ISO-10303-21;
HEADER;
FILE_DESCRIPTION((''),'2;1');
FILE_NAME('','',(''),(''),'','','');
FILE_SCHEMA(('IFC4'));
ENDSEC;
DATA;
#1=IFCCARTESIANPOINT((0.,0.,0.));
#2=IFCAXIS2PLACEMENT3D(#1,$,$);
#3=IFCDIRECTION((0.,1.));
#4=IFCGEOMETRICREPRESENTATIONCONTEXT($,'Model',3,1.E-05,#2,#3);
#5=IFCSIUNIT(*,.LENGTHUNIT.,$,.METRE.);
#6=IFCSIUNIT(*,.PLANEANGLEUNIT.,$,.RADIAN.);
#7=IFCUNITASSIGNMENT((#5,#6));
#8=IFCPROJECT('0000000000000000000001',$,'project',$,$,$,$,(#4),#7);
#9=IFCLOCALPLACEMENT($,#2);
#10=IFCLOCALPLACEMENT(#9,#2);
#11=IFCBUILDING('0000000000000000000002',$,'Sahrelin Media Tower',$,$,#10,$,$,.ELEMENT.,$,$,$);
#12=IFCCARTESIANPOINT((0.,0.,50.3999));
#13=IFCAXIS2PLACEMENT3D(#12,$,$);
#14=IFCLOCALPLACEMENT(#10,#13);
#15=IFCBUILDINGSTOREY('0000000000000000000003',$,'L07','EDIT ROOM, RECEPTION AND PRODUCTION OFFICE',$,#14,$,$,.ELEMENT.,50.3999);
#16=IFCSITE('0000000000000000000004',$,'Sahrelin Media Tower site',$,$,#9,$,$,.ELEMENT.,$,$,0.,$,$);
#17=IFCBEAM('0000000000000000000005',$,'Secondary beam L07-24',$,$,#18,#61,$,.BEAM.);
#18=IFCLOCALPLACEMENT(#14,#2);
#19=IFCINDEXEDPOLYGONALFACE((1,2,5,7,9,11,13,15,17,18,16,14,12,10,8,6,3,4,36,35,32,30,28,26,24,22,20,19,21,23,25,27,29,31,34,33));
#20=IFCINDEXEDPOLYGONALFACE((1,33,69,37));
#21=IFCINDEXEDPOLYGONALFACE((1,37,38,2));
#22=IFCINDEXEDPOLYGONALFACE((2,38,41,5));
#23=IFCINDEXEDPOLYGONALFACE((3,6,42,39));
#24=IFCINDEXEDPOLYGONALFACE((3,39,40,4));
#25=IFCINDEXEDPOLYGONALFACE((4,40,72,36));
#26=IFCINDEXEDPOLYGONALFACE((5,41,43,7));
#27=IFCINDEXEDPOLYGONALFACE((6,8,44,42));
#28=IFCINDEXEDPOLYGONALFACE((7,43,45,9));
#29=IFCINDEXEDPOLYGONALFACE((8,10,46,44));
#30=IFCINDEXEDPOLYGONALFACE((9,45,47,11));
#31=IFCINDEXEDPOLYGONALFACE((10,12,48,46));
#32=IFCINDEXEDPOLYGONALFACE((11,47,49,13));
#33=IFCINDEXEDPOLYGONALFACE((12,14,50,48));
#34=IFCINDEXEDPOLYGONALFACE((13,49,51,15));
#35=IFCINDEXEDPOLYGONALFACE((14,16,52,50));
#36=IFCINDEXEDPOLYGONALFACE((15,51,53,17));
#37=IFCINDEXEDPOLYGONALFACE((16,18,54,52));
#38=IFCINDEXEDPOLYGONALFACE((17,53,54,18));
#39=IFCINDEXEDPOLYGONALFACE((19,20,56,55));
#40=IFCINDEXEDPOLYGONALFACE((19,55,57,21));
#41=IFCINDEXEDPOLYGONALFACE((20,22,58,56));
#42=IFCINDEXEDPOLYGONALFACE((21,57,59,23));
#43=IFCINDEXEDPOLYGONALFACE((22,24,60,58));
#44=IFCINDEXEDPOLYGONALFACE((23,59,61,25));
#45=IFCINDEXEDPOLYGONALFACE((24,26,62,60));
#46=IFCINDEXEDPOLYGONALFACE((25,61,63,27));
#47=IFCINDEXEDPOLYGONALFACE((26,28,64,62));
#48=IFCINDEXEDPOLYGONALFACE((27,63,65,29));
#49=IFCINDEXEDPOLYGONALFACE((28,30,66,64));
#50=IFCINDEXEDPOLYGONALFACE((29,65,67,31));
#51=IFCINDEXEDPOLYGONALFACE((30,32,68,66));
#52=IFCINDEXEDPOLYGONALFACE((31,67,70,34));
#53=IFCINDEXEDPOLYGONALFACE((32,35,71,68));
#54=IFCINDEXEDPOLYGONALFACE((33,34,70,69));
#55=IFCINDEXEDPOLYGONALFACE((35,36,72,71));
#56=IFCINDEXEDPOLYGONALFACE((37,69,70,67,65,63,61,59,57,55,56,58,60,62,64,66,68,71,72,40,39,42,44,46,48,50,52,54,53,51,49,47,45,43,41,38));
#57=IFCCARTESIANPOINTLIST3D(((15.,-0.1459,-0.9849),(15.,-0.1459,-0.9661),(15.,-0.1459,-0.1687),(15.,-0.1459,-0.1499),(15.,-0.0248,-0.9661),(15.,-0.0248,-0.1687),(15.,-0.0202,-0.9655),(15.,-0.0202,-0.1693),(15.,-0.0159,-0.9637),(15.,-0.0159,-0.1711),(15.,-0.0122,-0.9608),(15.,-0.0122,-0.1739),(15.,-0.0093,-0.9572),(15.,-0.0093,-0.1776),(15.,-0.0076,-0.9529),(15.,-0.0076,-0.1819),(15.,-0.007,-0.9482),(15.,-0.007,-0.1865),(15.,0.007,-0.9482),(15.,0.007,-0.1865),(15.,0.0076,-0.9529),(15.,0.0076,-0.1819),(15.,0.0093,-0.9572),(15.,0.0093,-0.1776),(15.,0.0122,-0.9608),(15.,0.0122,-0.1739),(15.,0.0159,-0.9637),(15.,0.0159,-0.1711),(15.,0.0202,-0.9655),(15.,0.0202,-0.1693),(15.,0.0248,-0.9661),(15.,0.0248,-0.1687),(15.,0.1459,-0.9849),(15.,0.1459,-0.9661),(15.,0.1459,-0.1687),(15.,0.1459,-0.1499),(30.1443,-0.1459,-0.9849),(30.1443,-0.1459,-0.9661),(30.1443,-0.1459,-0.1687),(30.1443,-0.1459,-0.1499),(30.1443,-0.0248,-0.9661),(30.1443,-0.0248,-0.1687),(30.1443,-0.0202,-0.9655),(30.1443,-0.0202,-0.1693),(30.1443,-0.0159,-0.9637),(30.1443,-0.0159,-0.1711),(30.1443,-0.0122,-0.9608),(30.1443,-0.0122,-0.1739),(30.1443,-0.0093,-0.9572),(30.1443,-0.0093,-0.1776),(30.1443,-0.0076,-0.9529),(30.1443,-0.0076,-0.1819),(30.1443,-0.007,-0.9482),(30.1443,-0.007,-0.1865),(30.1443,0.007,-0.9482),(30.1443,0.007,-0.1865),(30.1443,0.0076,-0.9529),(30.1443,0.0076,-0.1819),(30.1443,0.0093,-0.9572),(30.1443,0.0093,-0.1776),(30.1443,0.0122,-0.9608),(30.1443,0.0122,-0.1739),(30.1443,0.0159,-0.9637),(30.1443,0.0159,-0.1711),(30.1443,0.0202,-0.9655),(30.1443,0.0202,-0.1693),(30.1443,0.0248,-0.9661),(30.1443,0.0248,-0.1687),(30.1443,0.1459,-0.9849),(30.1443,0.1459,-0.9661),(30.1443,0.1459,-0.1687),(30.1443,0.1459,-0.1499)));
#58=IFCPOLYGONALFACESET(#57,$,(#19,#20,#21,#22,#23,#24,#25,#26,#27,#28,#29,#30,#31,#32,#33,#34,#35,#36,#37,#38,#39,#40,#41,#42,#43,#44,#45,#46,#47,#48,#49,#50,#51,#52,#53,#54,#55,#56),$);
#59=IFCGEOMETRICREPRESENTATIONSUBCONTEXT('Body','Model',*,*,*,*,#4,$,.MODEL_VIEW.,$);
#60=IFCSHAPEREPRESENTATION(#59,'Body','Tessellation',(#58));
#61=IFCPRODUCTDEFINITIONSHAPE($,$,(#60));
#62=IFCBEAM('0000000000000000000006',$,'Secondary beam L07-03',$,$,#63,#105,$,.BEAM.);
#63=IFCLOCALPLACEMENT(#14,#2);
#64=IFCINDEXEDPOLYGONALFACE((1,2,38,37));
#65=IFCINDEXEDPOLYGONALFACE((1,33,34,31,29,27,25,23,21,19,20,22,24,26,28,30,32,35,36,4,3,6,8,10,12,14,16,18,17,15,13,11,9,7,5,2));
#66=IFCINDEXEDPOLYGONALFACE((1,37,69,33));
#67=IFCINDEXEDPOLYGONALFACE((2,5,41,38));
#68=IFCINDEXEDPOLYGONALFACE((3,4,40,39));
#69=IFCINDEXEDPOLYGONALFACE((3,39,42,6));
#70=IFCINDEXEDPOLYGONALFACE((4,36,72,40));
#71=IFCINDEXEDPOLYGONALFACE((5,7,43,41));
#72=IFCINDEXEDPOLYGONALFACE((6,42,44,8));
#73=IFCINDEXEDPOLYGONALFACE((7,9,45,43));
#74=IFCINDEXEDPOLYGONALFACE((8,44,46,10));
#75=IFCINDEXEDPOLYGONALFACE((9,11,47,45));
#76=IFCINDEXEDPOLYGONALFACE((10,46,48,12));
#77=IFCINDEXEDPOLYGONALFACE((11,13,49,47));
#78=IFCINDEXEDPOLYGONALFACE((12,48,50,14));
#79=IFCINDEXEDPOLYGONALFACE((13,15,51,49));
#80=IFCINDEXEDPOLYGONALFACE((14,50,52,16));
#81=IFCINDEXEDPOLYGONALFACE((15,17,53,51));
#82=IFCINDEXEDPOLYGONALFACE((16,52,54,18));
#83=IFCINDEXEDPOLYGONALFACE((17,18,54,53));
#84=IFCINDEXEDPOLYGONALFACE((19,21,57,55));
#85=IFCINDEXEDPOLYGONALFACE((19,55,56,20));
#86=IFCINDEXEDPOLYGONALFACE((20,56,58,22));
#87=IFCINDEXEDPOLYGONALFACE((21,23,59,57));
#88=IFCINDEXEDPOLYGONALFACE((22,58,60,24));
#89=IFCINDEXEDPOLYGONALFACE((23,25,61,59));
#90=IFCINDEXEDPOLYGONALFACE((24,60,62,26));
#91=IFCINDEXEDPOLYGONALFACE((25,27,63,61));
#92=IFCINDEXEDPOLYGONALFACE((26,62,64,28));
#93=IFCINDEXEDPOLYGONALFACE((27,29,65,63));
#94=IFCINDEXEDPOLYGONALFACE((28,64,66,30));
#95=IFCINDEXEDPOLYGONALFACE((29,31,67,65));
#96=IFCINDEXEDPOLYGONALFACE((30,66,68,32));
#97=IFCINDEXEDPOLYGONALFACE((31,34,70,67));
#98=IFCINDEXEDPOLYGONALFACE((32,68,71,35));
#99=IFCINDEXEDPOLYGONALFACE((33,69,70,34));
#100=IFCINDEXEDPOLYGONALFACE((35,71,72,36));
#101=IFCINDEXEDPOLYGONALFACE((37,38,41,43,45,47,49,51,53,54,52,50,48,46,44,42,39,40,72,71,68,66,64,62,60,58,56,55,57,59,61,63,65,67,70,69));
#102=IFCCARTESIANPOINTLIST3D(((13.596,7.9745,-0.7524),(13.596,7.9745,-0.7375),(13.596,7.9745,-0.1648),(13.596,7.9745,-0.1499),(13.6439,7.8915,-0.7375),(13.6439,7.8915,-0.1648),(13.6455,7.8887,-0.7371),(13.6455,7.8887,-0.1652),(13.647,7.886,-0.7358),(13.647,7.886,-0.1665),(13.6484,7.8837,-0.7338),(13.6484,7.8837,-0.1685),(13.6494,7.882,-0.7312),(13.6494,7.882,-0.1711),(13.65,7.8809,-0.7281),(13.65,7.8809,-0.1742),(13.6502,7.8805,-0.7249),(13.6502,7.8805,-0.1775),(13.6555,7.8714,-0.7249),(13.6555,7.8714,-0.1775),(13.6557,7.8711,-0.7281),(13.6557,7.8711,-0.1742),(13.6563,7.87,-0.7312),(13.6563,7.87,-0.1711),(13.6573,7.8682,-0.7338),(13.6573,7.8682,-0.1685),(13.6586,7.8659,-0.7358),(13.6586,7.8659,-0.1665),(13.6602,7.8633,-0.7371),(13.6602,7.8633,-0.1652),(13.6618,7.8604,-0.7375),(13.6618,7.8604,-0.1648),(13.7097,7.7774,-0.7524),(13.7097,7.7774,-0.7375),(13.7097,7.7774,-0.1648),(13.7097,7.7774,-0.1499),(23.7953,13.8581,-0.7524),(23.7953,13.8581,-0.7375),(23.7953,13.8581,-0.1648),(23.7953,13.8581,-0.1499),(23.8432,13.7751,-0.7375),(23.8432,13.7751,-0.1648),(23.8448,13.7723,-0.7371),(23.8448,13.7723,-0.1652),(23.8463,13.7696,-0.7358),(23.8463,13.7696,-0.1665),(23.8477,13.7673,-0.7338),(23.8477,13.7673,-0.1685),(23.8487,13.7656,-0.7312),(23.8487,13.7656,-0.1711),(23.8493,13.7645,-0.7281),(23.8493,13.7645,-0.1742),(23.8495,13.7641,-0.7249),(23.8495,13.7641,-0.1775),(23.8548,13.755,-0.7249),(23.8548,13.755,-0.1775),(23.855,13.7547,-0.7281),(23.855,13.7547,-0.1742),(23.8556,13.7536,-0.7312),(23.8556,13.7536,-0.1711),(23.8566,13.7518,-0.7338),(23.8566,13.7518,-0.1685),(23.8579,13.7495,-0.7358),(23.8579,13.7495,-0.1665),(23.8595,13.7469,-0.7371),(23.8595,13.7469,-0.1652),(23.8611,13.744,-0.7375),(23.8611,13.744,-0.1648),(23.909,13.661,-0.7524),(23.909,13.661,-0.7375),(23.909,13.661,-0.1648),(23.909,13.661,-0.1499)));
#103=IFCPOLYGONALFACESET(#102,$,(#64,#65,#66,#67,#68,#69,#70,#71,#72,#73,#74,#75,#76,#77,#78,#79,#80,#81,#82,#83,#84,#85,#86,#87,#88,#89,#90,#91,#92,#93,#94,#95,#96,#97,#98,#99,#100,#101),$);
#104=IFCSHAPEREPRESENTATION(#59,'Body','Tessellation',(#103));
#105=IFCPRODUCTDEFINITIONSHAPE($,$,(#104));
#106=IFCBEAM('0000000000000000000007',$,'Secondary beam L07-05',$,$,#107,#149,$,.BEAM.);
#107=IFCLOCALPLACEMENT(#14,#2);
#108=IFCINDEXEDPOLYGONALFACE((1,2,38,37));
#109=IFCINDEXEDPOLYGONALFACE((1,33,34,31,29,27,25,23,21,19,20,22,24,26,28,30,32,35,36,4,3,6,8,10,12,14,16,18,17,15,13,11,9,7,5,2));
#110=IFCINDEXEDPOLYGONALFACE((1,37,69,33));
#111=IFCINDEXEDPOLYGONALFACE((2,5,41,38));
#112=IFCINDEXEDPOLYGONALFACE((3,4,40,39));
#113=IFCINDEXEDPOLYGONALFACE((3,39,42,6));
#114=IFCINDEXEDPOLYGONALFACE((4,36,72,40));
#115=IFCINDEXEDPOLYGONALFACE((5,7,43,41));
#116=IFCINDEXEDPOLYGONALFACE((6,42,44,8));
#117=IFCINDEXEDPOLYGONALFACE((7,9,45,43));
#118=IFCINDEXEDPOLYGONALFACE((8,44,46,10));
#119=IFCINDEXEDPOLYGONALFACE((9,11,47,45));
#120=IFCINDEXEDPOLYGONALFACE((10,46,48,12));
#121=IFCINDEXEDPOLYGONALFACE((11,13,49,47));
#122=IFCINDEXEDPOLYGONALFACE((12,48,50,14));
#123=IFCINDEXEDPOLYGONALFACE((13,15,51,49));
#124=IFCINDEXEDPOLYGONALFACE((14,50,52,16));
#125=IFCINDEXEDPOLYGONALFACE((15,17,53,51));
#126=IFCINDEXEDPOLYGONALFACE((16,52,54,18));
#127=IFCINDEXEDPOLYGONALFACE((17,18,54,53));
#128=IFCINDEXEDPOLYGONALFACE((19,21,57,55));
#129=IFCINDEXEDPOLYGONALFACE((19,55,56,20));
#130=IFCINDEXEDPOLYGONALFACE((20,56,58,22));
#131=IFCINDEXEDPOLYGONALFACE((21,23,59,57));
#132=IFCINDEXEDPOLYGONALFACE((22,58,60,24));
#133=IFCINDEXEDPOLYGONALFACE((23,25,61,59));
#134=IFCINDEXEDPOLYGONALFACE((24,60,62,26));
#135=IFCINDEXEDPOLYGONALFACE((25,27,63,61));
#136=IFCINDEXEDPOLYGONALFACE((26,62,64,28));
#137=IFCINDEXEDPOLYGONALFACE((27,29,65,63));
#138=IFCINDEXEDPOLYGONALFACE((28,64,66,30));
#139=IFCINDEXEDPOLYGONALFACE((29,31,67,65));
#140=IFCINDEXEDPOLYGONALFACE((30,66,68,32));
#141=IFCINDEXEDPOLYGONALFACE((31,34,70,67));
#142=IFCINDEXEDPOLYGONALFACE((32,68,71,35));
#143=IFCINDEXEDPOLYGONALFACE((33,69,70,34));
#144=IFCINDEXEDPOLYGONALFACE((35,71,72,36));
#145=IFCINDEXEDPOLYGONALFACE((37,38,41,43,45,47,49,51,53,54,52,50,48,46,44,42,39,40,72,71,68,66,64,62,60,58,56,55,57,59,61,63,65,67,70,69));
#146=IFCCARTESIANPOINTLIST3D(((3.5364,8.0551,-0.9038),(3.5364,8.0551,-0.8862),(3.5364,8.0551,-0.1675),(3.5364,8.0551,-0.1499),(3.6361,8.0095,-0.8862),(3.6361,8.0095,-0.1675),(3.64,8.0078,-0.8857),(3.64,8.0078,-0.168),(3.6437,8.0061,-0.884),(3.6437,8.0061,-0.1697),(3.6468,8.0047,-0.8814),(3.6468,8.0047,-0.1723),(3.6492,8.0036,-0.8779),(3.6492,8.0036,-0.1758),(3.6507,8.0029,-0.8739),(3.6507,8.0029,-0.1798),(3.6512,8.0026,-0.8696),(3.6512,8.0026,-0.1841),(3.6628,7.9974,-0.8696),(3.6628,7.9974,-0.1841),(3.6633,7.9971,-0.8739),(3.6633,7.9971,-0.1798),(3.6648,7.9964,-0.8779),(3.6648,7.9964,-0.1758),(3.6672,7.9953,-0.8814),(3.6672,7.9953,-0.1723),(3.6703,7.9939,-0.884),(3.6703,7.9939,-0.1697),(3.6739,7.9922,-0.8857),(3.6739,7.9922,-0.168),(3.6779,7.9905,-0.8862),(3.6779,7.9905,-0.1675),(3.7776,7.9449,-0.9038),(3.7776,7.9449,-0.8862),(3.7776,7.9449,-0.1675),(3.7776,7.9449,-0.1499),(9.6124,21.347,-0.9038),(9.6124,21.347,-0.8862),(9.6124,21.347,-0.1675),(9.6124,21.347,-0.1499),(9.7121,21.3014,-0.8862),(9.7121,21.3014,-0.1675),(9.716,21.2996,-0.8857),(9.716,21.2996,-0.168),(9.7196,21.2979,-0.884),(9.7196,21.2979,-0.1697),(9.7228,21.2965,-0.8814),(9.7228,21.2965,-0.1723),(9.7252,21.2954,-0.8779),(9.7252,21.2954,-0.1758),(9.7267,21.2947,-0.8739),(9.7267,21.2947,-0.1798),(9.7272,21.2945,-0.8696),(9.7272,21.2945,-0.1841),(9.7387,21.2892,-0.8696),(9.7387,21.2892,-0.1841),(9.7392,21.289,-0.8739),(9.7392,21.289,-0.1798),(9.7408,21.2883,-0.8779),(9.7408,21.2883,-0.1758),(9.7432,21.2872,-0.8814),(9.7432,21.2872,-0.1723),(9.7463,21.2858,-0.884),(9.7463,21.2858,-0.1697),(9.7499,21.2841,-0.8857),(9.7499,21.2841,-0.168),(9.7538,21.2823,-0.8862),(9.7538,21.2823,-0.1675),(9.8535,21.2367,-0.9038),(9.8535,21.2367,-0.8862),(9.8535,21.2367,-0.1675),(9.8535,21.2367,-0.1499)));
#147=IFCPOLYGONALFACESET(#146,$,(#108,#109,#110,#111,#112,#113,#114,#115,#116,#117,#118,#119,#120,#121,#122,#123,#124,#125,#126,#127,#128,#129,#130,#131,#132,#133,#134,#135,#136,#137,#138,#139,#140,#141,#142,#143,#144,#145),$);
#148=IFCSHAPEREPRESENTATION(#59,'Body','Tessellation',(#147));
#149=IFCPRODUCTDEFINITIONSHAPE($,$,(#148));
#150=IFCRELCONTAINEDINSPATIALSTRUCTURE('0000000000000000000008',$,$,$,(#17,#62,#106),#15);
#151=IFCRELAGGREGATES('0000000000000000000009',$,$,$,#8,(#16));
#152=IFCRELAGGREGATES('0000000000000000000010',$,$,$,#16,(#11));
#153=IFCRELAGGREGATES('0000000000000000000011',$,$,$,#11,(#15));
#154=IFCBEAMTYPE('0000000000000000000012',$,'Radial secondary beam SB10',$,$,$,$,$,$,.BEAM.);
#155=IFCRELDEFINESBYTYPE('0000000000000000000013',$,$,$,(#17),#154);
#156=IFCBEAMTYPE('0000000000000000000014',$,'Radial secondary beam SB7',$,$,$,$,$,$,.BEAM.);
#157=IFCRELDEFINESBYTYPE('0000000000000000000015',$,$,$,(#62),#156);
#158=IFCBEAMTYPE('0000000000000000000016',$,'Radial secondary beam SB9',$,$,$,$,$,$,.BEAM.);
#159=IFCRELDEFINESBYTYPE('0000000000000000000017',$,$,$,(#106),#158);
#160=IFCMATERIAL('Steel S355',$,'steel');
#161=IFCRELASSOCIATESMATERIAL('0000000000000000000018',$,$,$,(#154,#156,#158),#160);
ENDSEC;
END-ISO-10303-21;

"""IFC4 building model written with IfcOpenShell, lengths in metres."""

from ifc_helpers import new_model, si_unit, direction, frame, origin, origin_2d, place, context, subcontext, project, spatial, i_section, extrude, material, material_profile, profile_set, type_object, element, save


model = new_model("IFC4")

# Units and contexts
model_context = context("Model", 3, precision=1e-05, world=origin(), true_north=direction((0.0, 1.0)))
body_context = subcontext(model_context, "Body", "Model", "MODEL_VIEW")
ifc_project = project(units=[si_unit("LENGTHUNIT", "METRE"), si_unit("PLANEANGLEUNIT", "RADIAN")], contexts=[model_context])

# Site, building, storey
site_placement = place(None, origin())
site = spatial("IfcSite", under=ifc_project, at=site_placement, Name="Sahrelin Media Tower site", CompositionType="ELEMENT", RefElevation=0.0)
building_placement = place(site_placement, origin())
building = spatial("IfcBuilding", under=site, at=building_placement, Name="Sahrelin Media Tower", CompositionType="ELEMENT")
storey_placement = place(building_placement, frame((0.0, 0.0, 50.3999)))
storey = spatial("IfcBuildingStorey", under=building, at=storey_placement, Name="L07", Description="EDIT ROOM, RECEPTION AND PRODUCTION OFFICE", CompositionType="ELEMENT", Elevation=50.3999)

# Beams
ifc_material_1 = material(Name="Steel S355", Category="steel")
ifc_material_profile_1 = material_profile(ifc_material_1, i_section(OverallWidth=0.2917, OverallDepth=0.835, WebThickness=0.0139, FlangeThickness=0.0188, FilletRadius=0.0178, at=origin_2d()), Name="UB 838x292x176")
ifc_profile_set_1 = profile_set([ifc_material_profile_1], Name="Steel S355")
beam_type_1 = type_object("IfcBeamType", Name="Radial secondary beam SB10", PredefinedType="BEAM", material=ifc_profile_set_1)
beam_1_placement = place(storey_placement, frame((15.0, 0.0, -0.5674), z_axis=(1.0, 0.0, 0.0), x_axis=(0.0, 1.0, 0.0)))
element("IfcBeam", 1, at=beam_1_placement, inside=storey, type_object=beam_type_1, Name="Secondary beam L07-24", PredefinedType="BEAM", context=body_context, shape_type="SweptSolid", body=[
    extrude(i_section(OverallWidth=0.2917, OverallDepth=0.835, WebThickness=0.0139, FlangeThickness=0.0188, FilletRadius=0.0178, at=origin_2d()), origin(), (0.0, 0.0, 1.0), 15.1443),
])
ifc_material_profile_2 = material_profile(ifc_material_1, i_section(OverallWidth=0.2275, OverallDepth=0.6025, WebThickness=0.0105, FlangeThickness=0.0149, FilletRadius=0.0127, at=origin_2d()), Name="UB 610x229x101")
ifc_profile_set_2 = profile_set([ifc_material_profile_2], Name="Steel S355")
beam_type_2 = type_object("IfcBeamType", Name="Radial secondary beam SB7", PredefinedType="BEAM", material=ifc_profile_set_2)
beam_2_placement = place(storey_placement, frame((13.6528, 7.876, -0.4512), z_axis=(0.866208, 0.499683, 0.0), x_axis=(-0.499683, 0.866208, 0.0)))
element("IfcBeam", 2, at=beam_2_placement, inside=storey, type_object=beam_type_2, Name="Secondary beam L07-03", PredefinedType="BEAM", context=body_context, shape_type="SweptSolid", body=[
    extrude(i_section(OverallWidth=0.2275, OverallDepth=0.6025, WebThickness=0.0105, FlangeThickness=0.0149, FilletRadius=0.0127, at=origin_2d()), origin(), (0.0, 0.0, 1.0), 11.7747),
])
ifc_material_profile_3 = material_profile(ifc_material_1, i_section(OverallWidth=0.2651, OverallDepth=0.7539, WebThickness=0.0127, FlangeThickness=0.0176, FilletRadius=0.0166, at=origin_2d()), Name="UB 762x267x147")
ifc_profile_set_3 = profile_set([ifc_material_profile_3], Name="Steel S355")
beam_type_3 = type_object("IfcBeamType", Name="Radial secondary beam SB9", PredefinedType="BEAM", material=ifc_profile_set_3)
beam_3_placement = place(storey_placement, frame((3.657, 8.0, -0.5269), z_axis=(0.415743, 0.909482, 0.0), x_axis=(-0.909482, 0.415743, 0.0)))
element("IfcBeam", 3, at=beam_3_placement, inside=storey, type_object=beam_type_3, Name="Secondary beam L07-05", PredefinedType="BEAM", context=body_context, shape_type="SweptSolid", body=[
    extrude(i_section(OverallWidth=0.2651, OverallDepth=0.7539, WebThickness=0.0127, FlangeThickness=0.0176, FilletRadius=0.0166, at=origin_2d()), origin(), (0.0, 0.0, 1.0), 14.6147),
])

save(model, "model.ifc")
